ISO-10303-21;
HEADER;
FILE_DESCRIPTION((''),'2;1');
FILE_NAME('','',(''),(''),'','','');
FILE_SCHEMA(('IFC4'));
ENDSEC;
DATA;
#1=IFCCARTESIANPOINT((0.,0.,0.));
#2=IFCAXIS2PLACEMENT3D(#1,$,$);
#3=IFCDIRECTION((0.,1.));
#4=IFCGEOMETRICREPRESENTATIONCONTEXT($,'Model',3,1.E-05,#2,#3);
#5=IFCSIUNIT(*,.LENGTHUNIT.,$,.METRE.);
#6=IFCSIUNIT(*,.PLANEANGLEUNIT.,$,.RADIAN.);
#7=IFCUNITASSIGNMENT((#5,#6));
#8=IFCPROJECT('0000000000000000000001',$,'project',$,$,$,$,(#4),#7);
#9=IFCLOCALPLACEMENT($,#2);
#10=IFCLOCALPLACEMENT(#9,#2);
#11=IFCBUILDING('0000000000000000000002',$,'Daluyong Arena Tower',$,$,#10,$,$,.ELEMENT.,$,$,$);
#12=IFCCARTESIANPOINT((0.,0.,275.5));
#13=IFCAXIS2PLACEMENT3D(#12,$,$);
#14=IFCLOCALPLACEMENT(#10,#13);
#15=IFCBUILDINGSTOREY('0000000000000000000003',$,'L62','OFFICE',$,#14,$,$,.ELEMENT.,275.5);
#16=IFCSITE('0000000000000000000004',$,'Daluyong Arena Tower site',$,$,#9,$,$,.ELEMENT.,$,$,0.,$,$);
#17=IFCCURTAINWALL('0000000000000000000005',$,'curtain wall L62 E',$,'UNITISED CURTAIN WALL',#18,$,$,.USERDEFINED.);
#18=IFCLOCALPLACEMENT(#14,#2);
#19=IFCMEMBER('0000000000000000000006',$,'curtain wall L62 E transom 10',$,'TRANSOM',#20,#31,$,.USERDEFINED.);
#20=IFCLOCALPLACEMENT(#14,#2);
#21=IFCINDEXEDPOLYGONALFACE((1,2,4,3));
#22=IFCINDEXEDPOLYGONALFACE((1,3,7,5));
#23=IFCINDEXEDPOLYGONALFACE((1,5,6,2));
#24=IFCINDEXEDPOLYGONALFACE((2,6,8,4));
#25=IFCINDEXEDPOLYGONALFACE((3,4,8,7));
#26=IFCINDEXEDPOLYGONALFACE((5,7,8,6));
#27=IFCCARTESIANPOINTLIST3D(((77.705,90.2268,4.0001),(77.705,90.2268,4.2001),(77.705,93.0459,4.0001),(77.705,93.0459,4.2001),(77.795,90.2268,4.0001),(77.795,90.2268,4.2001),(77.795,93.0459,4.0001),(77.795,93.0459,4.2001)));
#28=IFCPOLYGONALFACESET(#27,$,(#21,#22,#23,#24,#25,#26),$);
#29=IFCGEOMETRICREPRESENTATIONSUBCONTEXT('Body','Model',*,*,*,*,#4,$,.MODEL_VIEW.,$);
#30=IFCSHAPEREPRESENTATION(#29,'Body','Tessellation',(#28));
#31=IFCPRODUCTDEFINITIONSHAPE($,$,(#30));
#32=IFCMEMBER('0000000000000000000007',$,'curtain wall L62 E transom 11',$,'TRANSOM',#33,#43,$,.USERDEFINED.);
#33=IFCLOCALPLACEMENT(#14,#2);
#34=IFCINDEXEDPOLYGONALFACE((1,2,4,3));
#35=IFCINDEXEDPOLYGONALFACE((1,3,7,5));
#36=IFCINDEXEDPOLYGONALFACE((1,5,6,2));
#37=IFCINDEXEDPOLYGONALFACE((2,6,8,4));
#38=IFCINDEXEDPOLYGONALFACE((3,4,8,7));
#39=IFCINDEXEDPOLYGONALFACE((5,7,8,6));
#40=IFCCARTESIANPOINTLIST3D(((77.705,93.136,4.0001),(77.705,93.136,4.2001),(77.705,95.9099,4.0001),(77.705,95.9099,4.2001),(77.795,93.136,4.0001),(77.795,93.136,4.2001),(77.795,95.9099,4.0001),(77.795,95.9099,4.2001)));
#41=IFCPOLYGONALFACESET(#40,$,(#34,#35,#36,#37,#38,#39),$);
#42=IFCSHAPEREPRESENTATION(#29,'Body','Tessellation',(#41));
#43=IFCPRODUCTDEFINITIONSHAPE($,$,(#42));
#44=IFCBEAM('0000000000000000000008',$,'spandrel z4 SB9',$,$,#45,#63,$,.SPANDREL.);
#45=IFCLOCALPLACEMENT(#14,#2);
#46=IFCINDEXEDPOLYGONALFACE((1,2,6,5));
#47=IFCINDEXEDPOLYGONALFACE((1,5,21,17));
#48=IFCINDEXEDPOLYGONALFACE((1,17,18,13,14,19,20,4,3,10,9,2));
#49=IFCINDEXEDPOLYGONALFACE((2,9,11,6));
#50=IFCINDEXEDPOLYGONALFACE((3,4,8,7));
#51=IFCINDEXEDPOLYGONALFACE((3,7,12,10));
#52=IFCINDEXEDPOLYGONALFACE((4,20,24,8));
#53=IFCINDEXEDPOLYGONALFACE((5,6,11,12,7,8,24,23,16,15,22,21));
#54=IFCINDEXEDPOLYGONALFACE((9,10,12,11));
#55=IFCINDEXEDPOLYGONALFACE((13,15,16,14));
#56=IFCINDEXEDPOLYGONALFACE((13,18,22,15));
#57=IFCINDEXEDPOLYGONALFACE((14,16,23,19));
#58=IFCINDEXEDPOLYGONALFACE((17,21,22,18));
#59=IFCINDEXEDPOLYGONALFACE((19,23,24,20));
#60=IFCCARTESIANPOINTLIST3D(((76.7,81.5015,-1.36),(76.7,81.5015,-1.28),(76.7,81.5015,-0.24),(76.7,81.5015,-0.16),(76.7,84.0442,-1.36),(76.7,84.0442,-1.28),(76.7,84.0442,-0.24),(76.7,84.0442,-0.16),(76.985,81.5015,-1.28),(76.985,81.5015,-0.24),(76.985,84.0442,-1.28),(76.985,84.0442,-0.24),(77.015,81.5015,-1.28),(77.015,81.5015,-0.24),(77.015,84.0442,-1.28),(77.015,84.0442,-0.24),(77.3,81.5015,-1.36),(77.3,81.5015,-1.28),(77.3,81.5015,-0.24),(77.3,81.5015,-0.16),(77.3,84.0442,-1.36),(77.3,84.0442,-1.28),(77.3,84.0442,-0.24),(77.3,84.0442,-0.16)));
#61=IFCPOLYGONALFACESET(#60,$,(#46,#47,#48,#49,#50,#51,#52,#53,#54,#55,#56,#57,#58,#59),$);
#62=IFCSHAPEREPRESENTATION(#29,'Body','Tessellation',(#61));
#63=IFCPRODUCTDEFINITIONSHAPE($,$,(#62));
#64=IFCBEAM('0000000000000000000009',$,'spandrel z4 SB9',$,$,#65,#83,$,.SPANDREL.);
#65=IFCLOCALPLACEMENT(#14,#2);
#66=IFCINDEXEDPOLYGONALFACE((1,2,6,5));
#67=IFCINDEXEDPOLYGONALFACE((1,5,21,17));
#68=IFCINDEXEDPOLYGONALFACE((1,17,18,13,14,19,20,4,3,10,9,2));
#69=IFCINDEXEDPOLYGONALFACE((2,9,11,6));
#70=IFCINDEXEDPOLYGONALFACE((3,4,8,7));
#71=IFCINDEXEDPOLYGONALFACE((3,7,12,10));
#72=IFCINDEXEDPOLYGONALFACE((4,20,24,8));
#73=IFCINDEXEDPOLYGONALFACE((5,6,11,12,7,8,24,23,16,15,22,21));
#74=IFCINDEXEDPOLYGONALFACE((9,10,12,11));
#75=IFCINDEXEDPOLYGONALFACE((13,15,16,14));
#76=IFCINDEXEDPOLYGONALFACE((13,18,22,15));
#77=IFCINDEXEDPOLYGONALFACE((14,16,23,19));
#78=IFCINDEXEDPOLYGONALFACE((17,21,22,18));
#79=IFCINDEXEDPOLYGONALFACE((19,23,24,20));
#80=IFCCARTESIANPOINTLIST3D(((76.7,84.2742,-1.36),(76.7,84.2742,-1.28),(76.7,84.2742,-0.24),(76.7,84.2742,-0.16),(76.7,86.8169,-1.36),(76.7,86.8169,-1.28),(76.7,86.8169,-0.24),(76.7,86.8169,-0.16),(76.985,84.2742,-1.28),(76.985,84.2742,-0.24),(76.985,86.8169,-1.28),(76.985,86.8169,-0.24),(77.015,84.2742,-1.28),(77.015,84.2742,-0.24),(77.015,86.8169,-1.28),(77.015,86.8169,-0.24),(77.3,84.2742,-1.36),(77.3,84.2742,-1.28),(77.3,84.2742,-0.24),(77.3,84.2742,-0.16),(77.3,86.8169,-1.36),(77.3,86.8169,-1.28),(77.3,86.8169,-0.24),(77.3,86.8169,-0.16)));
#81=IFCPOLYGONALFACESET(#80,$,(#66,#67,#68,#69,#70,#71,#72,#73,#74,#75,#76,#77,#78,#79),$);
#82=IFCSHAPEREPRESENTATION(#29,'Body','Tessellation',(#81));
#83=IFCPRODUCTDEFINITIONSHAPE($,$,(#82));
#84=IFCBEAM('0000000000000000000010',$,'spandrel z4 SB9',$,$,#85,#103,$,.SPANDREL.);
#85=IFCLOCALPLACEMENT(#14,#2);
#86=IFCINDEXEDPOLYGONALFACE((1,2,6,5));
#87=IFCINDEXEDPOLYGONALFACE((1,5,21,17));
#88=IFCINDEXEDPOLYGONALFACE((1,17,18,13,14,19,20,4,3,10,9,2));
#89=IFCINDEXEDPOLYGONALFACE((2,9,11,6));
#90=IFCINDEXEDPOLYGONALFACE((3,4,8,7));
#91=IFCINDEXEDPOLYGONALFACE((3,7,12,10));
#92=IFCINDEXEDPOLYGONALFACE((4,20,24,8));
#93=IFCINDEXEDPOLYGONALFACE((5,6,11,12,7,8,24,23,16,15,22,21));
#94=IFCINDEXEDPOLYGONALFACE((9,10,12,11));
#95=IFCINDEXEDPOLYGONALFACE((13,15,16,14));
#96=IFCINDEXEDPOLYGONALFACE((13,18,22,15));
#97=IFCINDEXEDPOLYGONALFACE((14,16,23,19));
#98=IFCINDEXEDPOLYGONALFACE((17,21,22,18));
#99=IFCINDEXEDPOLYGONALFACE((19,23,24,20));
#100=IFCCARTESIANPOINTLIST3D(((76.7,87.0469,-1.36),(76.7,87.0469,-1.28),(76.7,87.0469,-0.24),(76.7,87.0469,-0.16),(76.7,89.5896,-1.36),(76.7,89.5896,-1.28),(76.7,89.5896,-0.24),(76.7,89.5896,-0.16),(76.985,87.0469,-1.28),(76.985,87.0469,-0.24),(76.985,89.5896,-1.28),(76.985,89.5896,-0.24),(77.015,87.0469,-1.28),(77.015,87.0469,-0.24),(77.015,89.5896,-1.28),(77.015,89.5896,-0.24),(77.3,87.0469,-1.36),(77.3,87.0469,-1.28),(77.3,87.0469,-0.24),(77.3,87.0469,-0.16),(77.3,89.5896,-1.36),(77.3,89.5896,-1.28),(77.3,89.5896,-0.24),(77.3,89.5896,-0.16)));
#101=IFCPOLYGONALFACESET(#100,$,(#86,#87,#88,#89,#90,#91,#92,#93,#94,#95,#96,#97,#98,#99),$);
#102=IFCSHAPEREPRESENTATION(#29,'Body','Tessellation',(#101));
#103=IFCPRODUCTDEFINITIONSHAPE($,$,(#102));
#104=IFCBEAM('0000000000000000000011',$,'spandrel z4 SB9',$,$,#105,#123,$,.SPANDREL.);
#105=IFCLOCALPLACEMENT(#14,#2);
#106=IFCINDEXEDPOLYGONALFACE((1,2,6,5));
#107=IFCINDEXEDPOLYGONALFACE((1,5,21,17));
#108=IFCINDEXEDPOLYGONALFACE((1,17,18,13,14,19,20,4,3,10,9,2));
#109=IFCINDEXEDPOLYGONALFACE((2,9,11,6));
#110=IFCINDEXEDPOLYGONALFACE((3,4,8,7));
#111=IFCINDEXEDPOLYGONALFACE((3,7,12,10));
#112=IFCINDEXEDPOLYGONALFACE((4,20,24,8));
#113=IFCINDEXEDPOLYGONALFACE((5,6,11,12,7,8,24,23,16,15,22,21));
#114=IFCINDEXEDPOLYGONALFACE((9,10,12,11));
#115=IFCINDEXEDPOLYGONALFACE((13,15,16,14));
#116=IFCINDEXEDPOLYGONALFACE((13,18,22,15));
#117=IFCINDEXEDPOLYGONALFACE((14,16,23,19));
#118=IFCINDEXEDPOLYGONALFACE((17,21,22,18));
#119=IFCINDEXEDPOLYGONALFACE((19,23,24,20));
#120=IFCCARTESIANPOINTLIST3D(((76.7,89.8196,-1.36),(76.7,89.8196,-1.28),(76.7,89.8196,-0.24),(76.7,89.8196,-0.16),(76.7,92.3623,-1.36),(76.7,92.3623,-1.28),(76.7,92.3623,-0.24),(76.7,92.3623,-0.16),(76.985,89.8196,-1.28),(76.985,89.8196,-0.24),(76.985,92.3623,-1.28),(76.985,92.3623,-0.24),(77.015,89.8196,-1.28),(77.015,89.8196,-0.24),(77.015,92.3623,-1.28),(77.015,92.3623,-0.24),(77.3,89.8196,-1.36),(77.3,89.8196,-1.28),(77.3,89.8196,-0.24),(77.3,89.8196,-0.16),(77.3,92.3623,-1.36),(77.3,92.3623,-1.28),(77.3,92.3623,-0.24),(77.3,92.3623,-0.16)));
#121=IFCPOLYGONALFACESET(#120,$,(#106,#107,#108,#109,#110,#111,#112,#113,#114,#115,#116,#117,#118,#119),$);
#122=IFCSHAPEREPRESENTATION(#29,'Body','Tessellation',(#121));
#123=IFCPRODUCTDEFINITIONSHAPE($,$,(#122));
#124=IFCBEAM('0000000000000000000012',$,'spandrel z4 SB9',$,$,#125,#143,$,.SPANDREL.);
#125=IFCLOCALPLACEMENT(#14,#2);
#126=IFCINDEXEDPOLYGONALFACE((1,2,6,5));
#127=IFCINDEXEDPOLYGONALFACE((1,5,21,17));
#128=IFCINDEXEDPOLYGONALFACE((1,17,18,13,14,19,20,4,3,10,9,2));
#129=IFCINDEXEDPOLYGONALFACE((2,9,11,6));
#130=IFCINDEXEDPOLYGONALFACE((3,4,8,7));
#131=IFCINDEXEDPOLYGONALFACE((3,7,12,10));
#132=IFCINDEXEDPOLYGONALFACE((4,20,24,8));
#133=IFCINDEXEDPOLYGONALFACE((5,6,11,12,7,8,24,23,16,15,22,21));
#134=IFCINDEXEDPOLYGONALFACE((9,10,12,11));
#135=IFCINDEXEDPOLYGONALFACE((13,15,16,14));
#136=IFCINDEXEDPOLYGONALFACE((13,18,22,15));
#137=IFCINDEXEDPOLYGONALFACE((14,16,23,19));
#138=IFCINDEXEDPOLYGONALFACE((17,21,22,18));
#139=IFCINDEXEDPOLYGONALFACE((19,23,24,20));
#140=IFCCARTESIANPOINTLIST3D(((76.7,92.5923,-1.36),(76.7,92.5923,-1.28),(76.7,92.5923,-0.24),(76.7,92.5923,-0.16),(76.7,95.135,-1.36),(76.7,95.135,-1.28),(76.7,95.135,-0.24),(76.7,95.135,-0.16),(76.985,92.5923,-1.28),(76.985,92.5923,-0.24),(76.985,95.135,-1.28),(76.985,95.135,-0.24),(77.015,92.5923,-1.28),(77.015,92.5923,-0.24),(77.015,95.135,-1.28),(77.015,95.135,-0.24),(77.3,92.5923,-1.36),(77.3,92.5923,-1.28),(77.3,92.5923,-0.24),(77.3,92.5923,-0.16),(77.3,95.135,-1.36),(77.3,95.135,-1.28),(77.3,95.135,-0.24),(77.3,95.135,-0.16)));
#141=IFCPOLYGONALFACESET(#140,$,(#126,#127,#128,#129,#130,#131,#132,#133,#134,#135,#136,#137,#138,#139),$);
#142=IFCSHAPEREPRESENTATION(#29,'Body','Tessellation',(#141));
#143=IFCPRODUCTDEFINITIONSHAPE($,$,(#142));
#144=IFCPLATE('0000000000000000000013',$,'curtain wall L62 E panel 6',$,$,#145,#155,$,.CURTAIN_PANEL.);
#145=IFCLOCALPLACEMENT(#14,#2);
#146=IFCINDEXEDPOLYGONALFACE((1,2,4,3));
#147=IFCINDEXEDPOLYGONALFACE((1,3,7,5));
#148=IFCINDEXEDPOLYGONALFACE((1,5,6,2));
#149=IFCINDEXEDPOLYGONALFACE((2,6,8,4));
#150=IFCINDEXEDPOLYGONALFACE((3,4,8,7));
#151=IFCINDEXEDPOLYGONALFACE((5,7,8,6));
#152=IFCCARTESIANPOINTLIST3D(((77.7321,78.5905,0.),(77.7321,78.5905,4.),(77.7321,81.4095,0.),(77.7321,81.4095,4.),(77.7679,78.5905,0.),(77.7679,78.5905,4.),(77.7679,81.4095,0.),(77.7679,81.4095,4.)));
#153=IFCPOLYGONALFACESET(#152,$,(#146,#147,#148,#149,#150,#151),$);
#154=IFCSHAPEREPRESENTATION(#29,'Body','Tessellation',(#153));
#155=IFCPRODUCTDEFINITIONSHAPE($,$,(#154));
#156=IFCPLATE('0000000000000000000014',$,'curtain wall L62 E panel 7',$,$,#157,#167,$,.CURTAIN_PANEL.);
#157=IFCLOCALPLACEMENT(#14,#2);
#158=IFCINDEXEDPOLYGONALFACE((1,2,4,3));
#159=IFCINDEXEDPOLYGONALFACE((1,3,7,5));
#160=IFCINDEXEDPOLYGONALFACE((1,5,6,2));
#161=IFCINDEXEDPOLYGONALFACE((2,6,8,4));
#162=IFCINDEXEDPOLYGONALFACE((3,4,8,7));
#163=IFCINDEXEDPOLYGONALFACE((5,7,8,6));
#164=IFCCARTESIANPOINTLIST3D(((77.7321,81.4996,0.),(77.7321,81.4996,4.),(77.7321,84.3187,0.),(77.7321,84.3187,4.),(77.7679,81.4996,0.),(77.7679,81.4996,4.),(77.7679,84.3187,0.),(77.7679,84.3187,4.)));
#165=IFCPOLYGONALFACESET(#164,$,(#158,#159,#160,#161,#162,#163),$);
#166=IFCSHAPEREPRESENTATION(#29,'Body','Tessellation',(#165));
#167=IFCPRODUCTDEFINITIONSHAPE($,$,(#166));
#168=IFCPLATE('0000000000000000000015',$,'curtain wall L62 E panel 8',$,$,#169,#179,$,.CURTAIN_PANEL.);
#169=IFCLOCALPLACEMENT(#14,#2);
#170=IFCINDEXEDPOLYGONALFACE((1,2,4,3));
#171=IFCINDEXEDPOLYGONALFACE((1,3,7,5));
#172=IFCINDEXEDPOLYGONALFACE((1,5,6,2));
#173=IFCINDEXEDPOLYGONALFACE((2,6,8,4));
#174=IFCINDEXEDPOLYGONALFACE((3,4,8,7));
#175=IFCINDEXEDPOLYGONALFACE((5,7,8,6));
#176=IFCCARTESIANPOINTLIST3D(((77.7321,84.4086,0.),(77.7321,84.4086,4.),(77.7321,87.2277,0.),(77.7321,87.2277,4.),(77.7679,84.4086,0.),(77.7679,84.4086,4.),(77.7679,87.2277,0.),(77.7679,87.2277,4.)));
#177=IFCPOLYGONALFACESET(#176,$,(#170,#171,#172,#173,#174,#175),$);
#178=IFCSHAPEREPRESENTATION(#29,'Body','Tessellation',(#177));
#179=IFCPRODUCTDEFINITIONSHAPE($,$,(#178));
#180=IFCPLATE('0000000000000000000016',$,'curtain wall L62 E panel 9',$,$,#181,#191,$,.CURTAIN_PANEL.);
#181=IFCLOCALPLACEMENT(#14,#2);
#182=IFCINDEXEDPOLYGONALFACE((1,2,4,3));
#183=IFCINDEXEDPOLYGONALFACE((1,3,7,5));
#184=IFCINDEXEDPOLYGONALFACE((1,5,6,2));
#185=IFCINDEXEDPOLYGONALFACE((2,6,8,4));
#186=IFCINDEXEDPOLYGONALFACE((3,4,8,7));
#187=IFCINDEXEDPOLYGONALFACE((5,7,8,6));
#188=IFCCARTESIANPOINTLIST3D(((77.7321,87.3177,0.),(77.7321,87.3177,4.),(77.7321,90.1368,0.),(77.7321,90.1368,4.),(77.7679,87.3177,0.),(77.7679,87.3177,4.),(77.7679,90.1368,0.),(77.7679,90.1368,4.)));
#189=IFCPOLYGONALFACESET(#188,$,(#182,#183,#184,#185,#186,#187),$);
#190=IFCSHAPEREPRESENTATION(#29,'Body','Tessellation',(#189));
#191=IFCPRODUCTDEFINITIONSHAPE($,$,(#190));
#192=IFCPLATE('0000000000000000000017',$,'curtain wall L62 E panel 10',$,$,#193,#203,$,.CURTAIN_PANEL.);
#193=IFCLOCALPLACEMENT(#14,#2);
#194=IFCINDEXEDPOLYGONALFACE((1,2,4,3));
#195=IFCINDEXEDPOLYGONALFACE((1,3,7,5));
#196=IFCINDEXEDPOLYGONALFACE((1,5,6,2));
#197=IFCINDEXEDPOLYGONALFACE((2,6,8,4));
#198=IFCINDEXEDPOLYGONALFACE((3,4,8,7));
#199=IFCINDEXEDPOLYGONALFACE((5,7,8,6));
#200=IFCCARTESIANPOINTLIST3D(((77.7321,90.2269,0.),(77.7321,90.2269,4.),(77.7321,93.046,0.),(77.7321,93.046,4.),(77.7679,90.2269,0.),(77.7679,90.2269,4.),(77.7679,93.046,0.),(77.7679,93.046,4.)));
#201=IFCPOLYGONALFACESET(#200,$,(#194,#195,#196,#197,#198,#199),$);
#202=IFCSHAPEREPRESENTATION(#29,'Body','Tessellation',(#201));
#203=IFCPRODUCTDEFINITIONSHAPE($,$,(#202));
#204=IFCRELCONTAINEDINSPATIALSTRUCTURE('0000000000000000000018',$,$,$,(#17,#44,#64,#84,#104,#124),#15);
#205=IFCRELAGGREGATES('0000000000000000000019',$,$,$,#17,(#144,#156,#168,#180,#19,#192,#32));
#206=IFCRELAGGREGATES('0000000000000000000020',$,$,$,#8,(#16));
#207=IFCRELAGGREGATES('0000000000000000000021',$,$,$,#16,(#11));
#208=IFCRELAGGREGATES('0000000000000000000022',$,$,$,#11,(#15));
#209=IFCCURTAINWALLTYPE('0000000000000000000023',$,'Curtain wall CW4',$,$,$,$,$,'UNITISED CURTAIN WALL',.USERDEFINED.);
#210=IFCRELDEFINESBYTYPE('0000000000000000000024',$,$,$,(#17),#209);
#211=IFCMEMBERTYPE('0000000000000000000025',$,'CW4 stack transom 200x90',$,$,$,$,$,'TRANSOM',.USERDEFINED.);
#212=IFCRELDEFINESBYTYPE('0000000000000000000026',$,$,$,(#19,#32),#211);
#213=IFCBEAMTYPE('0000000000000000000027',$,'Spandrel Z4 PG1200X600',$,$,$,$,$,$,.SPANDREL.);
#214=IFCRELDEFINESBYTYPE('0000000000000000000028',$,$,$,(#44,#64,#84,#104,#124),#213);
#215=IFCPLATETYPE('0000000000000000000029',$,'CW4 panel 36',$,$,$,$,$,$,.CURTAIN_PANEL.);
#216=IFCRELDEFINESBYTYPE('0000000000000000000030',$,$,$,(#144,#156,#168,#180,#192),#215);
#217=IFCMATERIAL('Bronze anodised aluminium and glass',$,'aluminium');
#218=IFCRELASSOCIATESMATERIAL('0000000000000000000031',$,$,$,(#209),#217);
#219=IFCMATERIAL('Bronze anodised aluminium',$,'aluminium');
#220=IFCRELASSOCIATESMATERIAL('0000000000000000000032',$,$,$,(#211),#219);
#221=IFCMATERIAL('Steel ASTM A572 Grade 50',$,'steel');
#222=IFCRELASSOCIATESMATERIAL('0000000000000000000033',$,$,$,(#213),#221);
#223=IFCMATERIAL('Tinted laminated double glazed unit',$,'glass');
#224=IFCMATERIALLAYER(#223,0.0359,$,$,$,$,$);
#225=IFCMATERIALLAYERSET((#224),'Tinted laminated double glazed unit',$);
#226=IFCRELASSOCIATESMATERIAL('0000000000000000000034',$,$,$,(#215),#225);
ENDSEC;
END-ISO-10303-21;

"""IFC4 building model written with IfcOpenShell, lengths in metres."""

from ifc_helpers import new_model, si_unit, direction, frame, origin, origin_2d, place, context, subcontext, project, spatial, rectangle, i_section, extrude, material, layer, layer_set, material_profile, profile_set, type_object, element, aggregate, save


model = new_model("IFC4")

# Units and contexts
model_context = context("Model", 3, precision=1e-05, world=origin(), true_north=direction((0.0, 1.0)))
body_context = subcontext(model_context, "Body", "Model", "MODEL_VIEW")
ifc_project = project(units=[si_unit("LENGTHUNIT", "METRE"), si_unit("PLANEANGLEUNIT", "RADIAN")], contexts=[model_context])

# Site, building, storey
site_placement = place(None, origin())
site = spatial("IfcSite", under=ifc_project, at=site_placement, Name="Daluyong Arena Tower site", CompositionType="ELEMENT", RefElevation=0.0)
building_placement = place(site_placement, origin())
building = spatial("IfcBuilding", under=site, at=building_placement, Name="Daluyong Arena Tower", CompositionType="ELEMENT")
storey_placement = place(building_placement, frame((0.0, 0.0, 275.5)))
storey = spatial("IfcBuildingStorey", under=building, at=storey_placement, Name="L62", Description="OFFICE", CompositionType="ELEMENT", Elevation=275.5)

# Curtain wall, members
ifc_material_1 = material(Name="Bronze anodised aluminium and glass", Category="aluminium")
curtain_wall_type = type_object("IfcCurtainWallType", Name="Curtain wall CW4", ElementType="UNITISED CURTAIN WALL", PredefinedType="USERDEFINED", material=ifc_material_1)
curtain_wall_placement = place(storey_placement, origin())
curtain_wall = element("IfcCurtainWall", 1, at=curtain_wall_placement, inside=storey, type_object=curtain_wall_type, Name="curtain wall L62 E", ObjectType="UNITISED CURTAIN WALL", PredefinedType="USERDEFINED")
ifc_material_2 = material(Name="Bronze anodised aluminium", Category="aluminium")
ifc_material_profile_1 = material_profile(ifc_material_2, rectangle(XDim=0.0901, YDim=0.2, at=origin_2d()))
ifc_profile_set_1 = profile_set([ifc_material_profile_1], Name="Bronze anodised aluminium")
member_type_1 = type_object("IfcMemberType", Name="CW4 stack transom 200x90", ElementType="TRANSOM", PredefinedType="USERDEFINED", material=ifc_profile_set_1)
member_1_placement = place(storey_placement, frame((77.75, 90.2268, 4.1001), z_axis=(0.0, 1.0, 0.0), x_axis=(-1.0, 0.0, 0.0)))
member_1 = element("IfcMember", 2, at=member_1_placement, type_object=member_type_1, Name="curtain wall L62 E transom 10", ObjectType="TRANSOM", PredefinedType="USERDEFINED", context=body_context, shape_type="SweptSolid", body=[
    extrude(rectangle(XDim=0.0901, YDim=0.2, at=origin_2d()), origin(), (0.0, 0.0, 1.0), 2.8191),
])
member_2_placement = place(storey_placement, frame((77.75, 93.136, 4.1001), z_axis=(0.0, 1.0, 0.0), x_axis=(-1.0, 0.0, 0.0)))
member_2 = element("IfcMember", 3, at=member_2_placement, type_object=member_type_1, Name="curtain wall L62 E transom 11", ObjectType="TRANSOM", PredefinedType="USERDEFINED", context=body_context, shape_type="SweptSolid", body=[
    extrude(rectangle(XDim=0.0901, YDim=0.2, at=origin_2d()), origin(), (0.0, 0.0, 1.0), 2.7739),
])

# Beams
ifc_material_3 = material(Name="Steel ASTM A572 Grade 50", Category="steel")
ifc_material_profile_2 = material_profile(ifc_material_3, i_section(OverallWidth=0.6001, OverallDepth=1.2, WebThickness=0.03, FlangeThickness=0.08, at=origin_2d()))
ifc_profile_set_2 = profile_set([ifc_material_profile_2], Name="Steel ASTM A572 Grade 50")
beam_type = type_object("IfcBeamType", Name="Spandrel Z4 PG1200X600", PredefinedType="SPANDREL", material=ifc_profile_set_2)
for number, where, z_axis, x_axis, name in (
    (4, (77.0, 81.5015, -0.76), (0.0, 1.0, 0.0), (-1.0, 0.0, 0.0), "spandrel z4 SB9"),
    (5, (77.0, 84.2742, -0.76), (0.0, 1.0, 0.0), (-1.0, 0.0, 0.0), "spandrel z4 SB9"),
    (6, (77.0, 87.0469, -0.76), (0.0, 1.0, 0.0), (-1.0, 0.0, 0.0), "spandrel z4 SB9"),
    (7, (77.0, 89.8196, -0.76), (0.0, 1.0, 0.0), (-1.0, 0.0, 0.0), "spandrel z4 SB9"),
    (8, (77.0, 92.5923, -0.76), (0.0, 1.0, 0.0), (-1.0, 0.0, 0.0), "spandrel z4 SB9"),
):
    element("IfcBeam", number, at=place(storey_placement, frame(where, z_axis=z_axis, x_axis=x_axis)), inside=storey, type_object=beam_type, Name=name, PredefinedType="SPANDREL", context=body_context, shape_type="SweptSolid", body=[
        extrude(i_section(OverallWidth=0.6001, OverallDepth=1.2, WebThickness=0.03, FlangeThickness=0.08, at=origin_2d()), origin(), (0.0, 0.0, 1.0), 2.5427),
    ])

# Plates
ifc_material_4 = material(Name="Tinted laminated double glazed unit", Category="glass")
ifc_layer = layer(ifc_material_4, 0.0359)
ifc_layer_set = layer_set([ifc_layer], Name="Tinted laminated double glazed unit")
plate_type = type_object("IfcPlateType", Name="CW4 panel 36", PredefinedType="CURTAIN_PANEL", material=ifc_layer_set)
plate_1_placement = place(storey_placement, frame((77.75, 80.0, 0.0), z_axis=(0.0, 0.0, 1.0), x_axis=(0.0, 1.0, 0.0)))
plate_1 = element("IfcPlate", 9, at=plate_1_placement, type_object=plate_type, Name="curtain wall L62 E panel 6", PredefinedType="CURTAIN_PANEL", context=body_context, shape_type="SweptSolid", body=[
    extrude(rectangle(XDim=2.8191, YDim=0.0359, at=origin_2d()), origin(), (0.0, 0.0, 1.0), 4.0),
])
plate_2_placement = place(storey_placement, frame((77.75, 82.9092, 0.0), z_axis=(0.0, 0.0, 1.0), x_axis=(0.0, 1.0, 0.0)))
plate_2 = element("IfcPlate", 10, at=plate_2_placement, type_object=plate_type, Name="curtain wall L62 E panel 7", PredefinedType="CURTAIN_PANEL", context=body_context, shape_type="SweptSolid", body=[
    extrude(rectangle(XDim=2.8191, YDim=0.0359, at=origin_2d()), origin(), (0.0, 0.0, 1.0), 4.0),
])
plate_3_placement = place(storey_placement, frame((77.75, 85.8181, 0.0), z_axis=(0.0, 0.0, 1.0), x_axis=(0.0, 1.0, 0.0)))
plate_3 = element("IfcPlate", 11, at=plate_3_placement, type_object=plate_type, Name="curtain wall L62 E panel 8", PredefinedType="CURTAIN_PANEL", context=body_context, shape_type="SweptSolid", body=[
    extrude(rectangle(XDim=2.8191, YDim=0.0359, at=origin_2d()), origin(), (0.0, 0.0, 1.0), 4.0),
])
plate_4_placement = place(storey_placement, frame((77.75, 88.7273, 0.0), z_axis=(0.0, 0.0, 1.0), x_axis=(0.0, 1.0, 0.0)))
plate_4 = element("IfcPlate", 12, at=plate_4_placement, type_object=plate_type, Name="curtain wall L62 E panel 9", PredefinedType="CURTAIN_PANEL", context=body_context, shape_type="SweptSolid", body=[
    extrude(rectangle(XDim=2.8191, YDim=0.0359, at=origin_2d()), origin(), (0.0, 0.0, 1.0), 4.0),
])
plate_5_placement = place(storey_placement, frame((77.75, 91.6365, 0.0), z_axis=(0.0, 0.0, 1.0), x_axis=(0.0, 1.0, 0.0)))
plate_5 = element("IfcPlate", 13, at=plate_5_placement, type_object=plate_type, Name="curtain wall L62 E panel 10", PredefinedType="CURTAIN_PANEL", context=body_context, shape_type="SweptSolid", body=[
    extrude(rectangle(XDim=2.8191, YDim=0.0359, at=origin_2d()), origin(), (0.0, 0.0, 1.0), 4.0),
])
aggregate(curtain_wall, [plate_1, plate_2, plate_3, plate_4, member_1, plate_5, member_2])

save(model, "model.ifc")
